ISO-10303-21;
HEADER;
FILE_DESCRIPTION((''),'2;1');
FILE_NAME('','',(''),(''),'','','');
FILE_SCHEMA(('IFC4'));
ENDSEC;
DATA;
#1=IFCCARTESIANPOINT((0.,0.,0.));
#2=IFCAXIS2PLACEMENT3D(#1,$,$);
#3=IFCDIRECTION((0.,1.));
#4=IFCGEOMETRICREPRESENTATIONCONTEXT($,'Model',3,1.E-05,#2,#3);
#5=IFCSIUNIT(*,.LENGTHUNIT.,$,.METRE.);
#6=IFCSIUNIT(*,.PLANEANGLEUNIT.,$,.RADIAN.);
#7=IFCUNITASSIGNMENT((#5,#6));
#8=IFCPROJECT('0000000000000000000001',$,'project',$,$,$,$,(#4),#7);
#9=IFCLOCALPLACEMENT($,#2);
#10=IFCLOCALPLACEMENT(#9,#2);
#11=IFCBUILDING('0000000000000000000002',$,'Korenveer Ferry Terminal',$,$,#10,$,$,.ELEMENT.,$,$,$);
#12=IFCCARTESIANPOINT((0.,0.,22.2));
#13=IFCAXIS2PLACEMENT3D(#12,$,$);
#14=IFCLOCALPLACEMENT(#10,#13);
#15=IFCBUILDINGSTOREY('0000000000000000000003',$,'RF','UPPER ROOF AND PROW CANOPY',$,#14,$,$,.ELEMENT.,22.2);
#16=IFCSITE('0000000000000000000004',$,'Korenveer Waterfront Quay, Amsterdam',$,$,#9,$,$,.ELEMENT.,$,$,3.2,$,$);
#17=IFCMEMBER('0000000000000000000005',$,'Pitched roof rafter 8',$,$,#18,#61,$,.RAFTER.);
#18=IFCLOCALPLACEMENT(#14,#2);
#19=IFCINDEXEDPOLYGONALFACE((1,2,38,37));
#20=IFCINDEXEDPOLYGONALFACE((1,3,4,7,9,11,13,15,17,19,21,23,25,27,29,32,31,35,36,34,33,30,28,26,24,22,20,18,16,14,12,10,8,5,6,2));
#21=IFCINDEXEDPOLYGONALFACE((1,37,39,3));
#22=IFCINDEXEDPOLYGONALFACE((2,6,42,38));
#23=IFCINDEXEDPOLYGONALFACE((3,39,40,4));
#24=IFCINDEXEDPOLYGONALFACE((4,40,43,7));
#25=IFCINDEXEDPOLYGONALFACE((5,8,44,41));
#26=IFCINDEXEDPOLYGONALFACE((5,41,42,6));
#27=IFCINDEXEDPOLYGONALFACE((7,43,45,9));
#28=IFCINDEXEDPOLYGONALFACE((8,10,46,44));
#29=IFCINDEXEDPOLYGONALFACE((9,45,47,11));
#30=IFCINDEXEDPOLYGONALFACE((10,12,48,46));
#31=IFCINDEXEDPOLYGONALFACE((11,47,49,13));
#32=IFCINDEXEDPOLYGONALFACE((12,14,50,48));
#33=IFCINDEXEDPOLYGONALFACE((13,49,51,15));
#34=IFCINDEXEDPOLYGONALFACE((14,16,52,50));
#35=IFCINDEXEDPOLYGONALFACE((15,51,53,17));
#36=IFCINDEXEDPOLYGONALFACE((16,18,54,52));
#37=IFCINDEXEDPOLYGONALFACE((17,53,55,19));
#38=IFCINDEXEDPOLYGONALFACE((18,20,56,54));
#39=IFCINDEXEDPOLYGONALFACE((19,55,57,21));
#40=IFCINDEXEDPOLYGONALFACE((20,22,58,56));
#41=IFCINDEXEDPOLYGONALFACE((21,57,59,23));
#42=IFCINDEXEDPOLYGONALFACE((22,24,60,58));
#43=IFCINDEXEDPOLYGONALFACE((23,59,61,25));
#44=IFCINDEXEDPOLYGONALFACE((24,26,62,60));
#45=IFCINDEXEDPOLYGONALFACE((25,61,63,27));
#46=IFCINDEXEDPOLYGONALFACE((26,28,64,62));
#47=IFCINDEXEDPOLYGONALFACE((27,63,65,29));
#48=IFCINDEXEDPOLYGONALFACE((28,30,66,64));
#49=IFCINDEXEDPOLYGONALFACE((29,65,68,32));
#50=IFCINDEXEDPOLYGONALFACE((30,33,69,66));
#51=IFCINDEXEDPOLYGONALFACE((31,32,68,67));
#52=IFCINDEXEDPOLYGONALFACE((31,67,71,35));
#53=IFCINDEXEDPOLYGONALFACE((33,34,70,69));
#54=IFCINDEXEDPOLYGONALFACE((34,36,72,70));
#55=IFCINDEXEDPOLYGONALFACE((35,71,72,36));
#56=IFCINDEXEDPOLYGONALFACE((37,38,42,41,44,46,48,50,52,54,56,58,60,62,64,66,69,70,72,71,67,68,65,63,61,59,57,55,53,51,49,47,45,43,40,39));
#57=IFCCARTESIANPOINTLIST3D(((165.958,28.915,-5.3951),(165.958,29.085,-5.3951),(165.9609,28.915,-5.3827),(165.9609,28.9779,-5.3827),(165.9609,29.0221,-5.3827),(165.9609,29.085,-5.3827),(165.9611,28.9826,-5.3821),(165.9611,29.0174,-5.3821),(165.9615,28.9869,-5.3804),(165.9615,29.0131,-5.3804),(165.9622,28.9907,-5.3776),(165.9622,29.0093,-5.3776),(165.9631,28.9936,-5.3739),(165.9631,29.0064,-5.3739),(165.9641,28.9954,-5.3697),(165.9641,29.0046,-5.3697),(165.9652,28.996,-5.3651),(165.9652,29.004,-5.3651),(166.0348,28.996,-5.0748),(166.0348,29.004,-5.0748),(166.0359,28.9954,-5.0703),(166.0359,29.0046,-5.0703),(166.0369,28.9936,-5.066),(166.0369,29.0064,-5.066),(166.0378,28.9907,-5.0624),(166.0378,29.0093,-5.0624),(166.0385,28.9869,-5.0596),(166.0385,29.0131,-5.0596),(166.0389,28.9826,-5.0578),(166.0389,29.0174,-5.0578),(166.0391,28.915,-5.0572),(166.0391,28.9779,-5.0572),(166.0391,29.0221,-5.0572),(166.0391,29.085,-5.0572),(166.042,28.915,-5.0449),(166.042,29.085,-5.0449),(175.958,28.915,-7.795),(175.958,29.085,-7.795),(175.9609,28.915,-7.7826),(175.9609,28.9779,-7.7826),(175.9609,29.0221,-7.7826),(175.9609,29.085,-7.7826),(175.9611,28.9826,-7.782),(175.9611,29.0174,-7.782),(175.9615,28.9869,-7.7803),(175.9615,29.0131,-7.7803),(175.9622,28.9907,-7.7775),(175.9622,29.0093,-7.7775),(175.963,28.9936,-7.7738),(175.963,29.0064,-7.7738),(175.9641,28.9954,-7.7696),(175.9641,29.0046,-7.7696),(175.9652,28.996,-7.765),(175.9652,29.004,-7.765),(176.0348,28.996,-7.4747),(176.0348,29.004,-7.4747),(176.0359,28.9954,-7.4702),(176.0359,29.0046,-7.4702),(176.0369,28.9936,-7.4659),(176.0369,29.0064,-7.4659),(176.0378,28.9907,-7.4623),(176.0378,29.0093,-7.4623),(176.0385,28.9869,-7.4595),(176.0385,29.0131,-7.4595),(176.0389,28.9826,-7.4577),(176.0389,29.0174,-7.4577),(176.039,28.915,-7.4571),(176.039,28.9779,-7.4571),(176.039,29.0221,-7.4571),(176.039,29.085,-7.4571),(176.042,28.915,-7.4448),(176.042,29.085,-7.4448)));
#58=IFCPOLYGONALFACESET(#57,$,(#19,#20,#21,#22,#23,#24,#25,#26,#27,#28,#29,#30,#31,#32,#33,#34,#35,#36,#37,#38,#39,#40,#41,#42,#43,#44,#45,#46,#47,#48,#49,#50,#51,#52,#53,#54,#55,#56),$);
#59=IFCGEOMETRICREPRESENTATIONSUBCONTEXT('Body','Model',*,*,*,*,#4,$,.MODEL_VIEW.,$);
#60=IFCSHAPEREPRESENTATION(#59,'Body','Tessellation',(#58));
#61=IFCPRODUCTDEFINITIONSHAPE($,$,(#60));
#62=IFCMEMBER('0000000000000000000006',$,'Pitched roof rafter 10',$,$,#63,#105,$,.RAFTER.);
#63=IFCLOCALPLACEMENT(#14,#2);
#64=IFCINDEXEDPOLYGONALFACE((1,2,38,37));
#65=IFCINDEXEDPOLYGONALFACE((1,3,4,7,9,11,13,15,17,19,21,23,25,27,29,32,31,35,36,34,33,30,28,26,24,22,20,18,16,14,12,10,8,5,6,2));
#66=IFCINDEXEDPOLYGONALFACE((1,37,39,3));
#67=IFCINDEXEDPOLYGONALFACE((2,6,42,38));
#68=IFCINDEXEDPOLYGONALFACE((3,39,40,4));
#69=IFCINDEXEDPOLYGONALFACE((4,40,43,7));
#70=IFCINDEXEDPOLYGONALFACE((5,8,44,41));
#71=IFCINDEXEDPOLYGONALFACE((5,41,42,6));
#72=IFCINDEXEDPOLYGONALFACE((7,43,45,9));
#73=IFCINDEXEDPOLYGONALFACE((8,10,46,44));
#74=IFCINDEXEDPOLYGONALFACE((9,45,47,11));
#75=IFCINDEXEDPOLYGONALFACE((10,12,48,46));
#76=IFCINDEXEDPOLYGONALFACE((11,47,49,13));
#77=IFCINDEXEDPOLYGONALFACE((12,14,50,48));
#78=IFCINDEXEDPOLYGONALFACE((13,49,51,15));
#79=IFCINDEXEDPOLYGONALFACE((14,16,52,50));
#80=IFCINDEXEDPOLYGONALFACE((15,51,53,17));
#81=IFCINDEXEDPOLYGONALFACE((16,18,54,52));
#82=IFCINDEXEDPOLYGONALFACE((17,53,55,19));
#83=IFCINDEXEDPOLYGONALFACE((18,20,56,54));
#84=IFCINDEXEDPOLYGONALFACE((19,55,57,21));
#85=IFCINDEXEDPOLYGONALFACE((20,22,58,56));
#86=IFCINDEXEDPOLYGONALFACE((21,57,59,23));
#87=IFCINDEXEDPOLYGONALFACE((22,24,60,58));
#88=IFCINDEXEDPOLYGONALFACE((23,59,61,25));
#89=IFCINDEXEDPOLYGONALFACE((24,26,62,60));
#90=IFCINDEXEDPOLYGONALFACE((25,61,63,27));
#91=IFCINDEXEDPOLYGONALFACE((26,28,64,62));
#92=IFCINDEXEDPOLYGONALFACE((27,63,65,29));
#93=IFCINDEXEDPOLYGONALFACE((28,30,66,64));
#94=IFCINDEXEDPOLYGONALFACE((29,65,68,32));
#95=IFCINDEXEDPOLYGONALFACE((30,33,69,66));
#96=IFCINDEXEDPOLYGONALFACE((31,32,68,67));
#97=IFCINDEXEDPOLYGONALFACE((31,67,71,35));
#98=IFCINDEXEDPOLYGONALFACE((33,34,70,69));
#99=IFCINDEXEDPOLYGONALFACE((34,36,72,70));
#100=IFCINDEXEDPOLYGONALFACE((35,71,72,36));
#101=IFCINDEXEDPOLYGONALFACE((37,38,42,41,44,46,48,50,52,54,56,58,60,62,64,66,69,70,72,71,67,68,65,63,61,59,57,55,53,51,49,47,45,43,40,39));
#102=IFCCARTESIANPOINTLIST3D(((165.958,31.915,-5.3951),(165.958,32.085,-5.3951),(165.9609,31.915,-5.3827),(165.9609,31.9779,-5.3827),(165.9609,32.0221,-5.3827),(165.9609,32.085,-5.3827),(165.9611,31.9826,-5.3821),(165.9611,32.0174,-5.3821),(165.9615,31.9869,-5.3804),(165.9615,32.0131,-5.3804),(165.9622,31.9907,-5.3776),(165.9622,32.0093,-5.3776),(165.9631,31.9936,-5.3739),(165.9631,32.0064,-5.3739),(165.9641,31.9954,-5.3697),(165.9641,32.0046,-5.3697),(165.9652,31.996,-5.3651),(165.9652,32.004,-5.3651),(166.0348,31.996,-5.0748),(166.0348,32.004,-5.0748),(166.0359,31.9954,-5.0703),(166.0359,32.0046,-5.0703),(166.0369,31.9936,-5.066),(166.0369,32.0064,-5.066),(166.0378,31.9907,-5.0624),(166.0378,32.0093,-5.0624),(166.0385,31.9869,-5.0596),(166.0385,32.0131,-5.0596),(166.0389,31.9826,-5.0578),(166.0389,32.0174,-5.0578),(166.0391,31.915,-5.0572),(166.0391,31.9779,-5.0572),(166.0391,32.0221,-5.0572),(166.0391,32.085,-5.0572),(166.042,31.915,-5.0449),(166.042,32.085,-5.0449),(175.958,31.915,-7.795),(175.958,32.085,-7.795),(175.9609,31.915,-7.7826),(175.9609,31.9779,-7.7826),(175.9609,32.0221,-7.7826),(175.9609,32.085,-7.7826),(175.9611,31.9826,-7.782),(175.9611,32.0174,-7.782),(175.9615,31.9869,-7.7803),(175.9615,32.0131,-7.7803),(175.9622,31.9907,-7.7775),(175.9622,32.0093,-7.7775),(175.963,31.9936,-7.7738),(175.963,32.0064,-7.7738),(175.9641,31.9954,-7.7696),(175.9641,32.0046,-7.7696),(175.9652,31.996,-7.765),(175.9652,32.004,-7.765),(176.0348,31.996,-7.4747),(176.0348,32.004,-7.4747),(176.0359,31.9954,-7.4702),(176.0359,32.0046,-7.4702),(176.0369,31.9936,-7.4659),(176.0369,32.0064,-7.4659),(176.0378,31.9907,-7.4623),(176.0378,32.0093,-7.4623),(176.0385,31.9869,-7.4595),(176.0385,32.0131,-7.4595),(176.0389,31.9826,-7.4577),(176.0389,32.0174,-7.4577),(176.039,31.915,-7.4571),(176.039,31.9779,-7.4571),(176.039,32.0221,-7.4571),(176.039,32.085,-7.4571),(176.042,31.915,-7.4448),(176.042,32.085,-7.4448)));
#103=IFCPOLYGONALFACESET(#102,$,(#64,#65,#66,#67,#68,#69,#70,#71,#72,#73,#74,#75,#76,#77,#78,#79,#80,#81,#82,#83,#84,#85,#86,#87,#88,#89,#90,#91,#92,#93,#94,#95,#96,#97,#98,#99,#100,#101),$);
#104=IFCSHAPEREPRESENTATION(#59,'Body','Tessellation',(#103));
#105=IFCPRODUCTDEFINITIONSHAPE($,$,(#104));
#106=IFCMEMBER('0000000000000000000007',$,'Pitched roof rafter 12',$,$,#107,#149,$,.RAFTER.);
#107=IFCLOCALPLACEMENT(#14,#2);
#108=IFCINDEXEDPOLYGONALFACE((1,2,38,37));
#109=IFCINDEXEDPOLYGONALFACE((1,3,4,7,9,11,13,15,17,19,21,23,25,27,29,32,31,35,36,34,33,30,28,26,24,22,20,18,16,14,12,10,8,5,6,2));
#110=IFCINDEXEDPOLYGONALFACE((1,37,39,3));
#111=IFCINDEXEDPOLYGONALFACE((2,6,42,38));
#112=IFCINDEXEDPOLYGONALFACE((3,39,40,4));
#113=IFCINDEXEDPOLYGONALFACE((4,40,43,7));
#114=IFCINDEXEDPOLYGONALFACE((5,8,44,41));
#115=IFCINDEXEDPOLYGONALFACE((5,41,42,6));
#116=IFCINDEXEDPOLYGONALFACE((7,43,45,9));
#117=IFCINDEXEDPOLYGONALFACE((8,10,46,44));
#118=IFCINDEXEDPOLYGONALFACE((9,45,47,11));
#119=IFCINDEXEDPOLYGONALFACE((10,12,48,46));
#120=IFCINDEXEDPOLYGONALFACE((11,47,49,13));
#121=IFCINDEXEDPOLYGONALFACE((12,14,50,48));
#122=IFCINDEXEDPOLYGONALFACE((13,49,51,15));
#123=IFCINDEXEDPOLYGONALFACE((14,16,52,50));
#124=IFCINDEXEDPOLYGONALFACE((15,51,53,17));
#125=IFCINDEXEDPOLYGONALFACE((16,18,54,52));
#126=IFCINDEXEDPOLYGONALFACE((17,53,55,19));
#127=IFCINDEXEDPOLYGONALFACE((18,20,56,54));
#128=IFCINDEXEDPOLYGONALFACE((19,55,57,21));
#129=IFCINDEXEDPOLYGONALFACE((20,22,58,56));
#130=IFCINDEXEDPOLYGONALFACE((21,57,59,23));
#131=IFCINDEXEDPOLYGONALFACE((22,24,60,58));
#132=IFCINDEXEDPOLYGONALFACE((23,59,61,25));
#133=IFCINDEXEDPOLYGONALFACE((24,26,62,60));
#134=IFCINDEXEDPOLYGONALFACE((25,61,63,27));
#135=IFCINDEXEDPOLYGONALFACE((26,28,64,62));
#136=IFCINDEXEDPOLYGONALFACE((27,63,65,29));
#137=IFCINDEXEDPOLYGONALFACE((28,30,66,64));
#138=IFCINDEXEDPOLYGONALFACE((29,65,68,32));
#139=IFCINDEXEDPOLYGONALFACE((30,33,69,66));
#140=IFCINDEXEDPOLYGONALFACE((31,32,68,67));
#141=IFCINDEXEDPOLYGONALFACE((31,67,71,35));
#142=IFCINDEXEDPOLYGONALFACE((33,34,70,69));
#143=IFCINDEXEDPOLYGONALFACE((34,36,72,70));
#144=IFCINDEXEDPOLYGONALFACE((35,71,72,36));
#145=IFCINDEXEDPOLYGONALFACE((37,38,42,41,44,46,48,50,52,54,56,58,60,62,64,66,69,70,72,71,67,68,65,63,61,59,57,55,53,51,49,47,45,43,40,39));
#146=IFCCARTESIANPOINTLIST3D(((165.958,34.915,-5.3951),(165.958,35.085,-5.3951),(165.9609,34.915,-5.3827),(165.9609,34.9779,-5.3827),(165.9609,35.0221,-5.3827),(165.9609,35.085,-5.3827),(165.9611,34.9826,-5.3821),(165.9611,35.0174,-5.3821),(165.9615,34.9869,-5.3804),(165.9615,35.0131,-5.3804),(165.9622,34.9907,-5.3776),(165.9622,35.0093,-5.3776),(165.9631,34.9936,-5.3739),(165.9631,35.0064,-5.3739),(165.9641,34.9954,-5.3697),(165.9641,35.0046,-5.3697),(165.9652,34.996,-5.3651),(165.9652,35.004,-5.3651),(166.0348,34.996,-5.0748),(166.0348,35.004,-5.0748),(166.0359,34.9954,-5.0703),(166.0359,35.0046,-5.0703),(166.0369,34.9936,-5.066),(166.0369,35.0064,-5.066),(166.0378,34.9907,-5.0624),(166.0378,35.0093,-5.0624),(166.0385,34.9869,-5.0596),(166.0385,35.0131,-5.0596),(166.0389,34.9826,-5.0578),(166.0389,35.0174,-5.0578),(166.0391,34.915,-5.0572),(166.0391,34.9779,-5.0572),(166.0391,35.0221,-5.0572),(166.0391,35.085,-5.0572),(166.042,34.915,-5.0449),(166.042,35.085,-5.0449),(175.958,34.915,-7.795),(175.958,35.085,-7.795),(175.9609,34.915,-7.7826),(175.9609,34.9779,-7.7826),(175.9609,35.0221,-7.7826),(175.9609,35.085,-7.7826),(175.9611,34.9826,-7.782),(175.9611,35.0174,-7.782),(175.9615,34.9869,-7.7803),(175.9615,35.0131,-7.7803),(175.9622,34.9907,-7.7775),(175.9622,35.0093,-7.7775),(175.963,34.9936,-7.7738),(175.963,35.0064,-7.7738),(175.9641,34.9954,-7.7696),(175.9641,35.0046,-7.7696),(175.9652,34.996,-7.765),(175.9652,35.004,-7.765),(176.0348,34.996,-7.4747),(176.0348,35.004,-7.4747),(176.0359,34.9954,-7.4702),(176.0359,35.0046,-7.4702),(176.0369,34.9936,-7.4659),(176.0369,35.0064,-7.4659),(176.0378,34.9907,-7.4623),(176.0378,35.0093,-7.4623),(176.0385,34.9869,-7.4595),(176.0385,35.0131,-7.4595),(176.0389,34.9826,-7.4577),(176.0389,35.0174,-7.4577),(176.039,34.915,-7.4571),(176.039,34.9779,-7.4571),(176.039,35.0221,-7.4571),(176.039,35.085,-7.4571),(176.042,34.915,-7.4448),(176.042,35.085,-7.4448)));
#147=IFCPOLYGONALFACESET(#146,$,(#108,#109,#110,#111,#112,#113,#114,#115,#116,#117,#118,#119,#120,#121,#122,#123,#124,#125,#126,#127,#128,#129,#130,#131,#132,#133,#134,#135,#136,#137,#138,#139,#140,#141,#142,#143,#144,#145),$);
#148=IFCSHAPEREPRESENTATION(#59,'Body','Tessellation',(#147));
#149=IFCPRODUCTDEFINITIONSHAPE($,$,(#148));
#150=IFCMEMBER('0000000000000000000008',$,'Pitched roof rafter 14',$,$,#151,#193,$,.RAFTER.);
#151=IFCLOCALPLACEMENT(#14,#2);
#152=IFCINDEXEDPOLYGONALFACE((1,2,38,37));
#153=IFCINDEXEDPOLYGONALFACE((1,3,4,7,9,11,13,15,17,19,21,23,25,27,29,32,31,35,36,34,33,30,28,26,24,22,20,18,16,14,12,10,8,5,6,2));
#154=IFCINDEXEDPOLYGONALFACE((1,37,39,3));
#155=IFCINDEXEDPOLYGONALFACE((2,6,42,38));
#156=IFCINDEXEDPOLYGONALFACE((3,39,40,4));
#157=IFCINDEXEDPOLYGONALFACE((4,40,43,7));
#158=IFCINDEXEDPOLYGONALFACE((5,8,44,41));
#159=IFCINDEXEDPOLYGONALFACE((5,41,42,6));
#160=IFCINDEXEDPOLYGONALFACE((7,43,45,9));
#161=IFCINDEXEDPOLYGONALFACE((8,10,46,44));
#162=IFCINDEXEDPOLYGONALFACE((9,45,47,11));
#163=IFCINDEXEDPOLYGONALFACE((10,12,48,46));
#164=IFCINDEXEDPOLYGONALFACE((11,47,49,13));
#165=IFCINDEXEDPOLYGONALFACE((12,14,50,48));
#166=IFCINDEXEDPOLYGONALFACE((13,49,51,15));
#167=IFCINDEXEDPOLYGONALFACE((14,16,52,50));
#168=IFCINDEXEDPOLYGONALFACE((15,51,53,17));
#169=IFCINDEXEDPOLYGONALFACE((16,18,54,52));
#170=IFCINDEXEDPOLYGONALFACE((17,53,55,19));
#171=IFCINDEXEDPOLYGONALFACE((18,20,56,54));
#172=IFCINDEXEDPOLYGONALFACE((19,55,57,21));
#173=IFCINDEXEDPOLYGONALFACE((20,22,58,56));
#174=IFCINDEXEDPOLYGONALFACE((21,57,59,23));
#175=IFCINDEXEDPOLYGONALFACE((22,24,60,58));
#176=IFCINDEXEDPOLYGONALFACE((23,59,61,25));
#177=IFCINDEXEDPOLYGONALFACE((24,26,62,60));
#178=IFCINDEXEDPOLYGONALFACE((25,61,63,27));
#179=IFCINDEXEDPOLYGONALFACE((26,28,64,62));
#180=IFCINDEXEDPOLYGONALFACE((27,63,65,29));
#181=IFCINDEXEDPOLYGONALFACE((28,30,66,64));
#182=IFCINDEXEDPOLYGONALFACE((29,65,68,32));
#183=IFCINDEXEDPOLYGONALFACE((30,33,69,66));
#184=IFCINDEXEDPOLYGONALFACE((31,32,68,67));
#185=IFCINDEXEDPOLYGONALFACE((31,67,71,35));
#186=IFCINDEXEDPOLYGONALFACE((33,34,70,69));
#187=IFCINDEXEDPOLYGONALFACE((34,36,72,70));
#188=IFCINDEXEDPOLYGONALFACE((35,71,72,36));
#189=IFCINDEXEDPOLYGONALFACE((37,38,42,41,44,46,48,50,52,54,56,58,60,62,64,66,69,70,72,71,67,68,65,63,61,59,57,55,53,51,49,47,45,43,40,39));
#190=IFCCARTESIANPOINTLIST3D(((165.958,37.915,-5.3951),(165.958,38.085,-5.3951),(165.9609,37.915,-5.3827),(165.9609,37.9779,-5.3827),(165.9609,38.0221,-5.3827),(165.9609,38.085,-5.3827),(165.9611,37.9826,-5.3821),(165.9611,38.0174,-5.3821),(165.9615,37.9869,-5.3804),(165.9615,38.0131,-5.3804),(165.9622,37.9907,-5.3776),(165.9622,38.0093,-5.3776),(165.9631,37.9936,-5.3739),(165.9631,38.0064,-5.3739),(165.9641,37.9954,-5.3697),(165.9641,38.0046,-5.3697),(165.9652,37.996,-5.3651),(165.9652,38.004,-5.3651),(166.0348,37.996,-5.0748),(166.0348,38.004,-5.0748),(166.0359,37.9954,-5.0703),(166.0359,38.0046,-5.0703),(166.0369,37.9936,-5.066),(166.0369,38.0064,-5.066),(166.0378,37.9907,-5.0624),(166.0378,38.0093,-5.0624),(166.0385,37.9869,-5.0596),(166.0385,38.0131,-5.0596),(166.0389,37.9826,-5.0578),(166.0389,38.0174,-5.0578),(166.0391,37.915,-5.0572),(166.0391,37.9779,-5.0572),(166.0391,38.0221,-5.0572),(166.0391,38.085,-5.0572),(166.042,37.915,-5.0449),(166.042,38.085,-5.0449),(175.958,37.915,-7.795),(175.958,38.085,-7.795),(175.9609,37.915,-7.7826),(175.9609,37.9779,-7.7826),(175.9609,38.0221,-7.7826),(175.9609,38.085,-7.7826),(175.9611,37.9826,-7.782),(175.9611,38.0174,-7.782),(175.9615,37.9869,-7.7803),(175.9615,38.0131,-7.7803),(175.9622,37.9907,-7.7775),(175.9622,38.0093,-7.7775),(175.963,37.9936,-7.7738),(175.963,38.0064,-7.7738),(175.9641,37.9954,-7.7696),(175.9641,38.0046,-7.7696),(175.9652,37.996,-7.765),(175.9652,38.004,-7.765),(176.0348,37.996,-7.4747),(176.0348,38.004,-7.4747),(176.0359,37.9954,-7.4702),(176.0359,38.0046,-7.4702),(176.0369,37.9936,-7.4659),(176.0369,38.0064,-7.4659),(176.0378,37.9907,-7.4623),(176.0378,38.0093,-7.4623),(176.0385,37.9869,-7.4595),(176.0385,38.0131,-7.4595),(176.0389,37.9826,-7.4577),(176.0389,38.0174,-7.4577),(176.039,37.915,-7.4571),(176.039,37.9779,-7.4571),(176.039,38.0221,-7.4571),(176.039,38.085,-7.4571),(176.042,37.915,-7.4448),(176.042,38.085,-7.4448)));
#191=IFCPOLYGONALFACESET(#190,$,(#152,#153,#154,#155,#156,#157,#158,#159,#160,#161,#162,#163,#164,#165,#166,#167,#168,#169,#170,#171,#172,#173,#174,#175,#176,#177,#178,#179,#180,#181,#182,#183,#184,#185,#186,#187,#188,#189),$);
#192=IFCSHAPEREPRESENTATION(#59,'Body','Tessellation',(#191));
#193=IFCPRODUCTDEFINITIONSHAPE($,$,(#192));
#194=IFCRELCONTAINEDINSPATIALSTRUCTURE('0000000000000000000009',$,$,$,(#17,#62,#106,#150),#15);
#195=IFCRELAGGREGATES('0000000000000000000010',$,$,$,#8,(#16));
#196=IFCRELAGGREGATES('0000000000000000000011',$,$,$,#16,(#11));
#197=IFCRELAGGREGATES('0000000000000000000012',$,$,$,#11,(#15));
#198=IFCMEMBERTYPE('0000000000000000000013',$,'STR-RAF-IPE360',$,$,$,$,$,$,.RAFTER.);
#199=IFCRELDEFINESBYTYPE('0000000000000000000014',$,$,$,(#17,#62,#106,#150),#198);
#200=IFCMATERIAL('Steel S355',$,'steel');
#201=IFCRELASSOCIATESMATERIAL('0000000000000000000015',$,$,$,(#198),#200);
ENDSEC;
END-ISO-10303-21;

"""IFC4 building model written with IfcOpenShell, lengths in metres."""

from ifc_helpers import new_model, si_unit, direction, frame, origin, origin_2d, place, context, subcontext, project, spatial, i_section, extrude, material, material_profile, profile_set, type_object, element, save


model = new_model("IFC4")

# Units and contexts
model_context = context("Model", 3, precision=1e-05, world=origin(), true_north=direction((0.0, 1.0)))
body_context = subcontext(model_context, "Body", "Model", "MODEL_VIEW")
ifc_project = project(units=[si_unit("LENGTHUNIT", "METRE"), si_unit("PLANEANGLEUNIT", "RADIAN")], contexts=[model_context])

# Site, building, storey
site_placement = place(None, origin())
site = spatial("IfcSite", under=ifc_project, at=site_placement, Name="Korenveer Waterfront Quay, Amsterdam", CompositionType="ELEMENT", RefElevation=3.2)
building_placement = place(site_placement, origin())
building = spatial("IfcBuilding", under=site, at=building_placement, Name="Korenveer Ferry Terminal", CompositionType="ELEMENT")
storey_placement = place(building_placement, frame((0.0, 0.0, 22.2)))
storey = spatial("IfcBuildingStorey", under=building, at=storey_placement, Name="RF", Description="UPPER ROOF AND PROW CANOPY", CompositionType="ELEMENT", Elevation=22.2)

# Shared definitions
ifc_material_1 = material(Name="Steel S355", Category="steel")

# Members
ifc_material_profile_1 = material_profile(ifc_material_1, i_section(OverallWidth=0.1699, OverallDepth=0.3601, WebThickness=0.0081, FlangeThickness=0.0127, FilletRadius=0.0181, at=origin_2d()), Name="IPE 360")
ifc_profile_set_1 = profile_set([ifc_material_profile_1], Name="Steel S355")
member_type_1 = type_object("IfcMemberType", Name="STR-RAF-IPE360", PredefinedType="RAFTER", material=ifc_profile_set_1)
for number, where, z_axis, x_axis, name in (
    (1, (166.0, 29.0, -5.22), (0.972389, 0.0, -0.233364), (0.0, 1.0, 0.0), "Pitched roof rafter 8"),
    (2, (166.0, 32.0, -5.22), (0.972389, 0.0, -0.233364), (0.0, 1.0, 0.0), "Pitched roof rafter 10"),
    (3, (166.0, 35.0, -5.22), (0.972389, 0.0, -0.233364), (0.0, 1.0, 0.0), "Pitched roof rafter 12"),
    (4, (166.0, 38.0, -5.22), (0.972389, 0.0, -0.233364), (0.0, 1.0, 0.0), "Pitched roof rafter 14"),
):
    element("IfcMember", number, at=place(storey_placement, frame(where, z_axis=z_axis, x_axis=x_axis)), inside=storey, type_object=member_type_1, Name=name, PredefinedType="RAFTER", context=body_context, shape_type="SweptSolid", body=[
        extrude(i_section(OverallWidth=0.1699, OverallDepth=0.3601, WebThickness=0.0081, FlangeThickness=0.0127, FilletRadius=0.0181, at=origin_2d()), origin(), (0.0, 0.0, 1.0), 10.2839),
    ])

save(model, "model.ifc")
